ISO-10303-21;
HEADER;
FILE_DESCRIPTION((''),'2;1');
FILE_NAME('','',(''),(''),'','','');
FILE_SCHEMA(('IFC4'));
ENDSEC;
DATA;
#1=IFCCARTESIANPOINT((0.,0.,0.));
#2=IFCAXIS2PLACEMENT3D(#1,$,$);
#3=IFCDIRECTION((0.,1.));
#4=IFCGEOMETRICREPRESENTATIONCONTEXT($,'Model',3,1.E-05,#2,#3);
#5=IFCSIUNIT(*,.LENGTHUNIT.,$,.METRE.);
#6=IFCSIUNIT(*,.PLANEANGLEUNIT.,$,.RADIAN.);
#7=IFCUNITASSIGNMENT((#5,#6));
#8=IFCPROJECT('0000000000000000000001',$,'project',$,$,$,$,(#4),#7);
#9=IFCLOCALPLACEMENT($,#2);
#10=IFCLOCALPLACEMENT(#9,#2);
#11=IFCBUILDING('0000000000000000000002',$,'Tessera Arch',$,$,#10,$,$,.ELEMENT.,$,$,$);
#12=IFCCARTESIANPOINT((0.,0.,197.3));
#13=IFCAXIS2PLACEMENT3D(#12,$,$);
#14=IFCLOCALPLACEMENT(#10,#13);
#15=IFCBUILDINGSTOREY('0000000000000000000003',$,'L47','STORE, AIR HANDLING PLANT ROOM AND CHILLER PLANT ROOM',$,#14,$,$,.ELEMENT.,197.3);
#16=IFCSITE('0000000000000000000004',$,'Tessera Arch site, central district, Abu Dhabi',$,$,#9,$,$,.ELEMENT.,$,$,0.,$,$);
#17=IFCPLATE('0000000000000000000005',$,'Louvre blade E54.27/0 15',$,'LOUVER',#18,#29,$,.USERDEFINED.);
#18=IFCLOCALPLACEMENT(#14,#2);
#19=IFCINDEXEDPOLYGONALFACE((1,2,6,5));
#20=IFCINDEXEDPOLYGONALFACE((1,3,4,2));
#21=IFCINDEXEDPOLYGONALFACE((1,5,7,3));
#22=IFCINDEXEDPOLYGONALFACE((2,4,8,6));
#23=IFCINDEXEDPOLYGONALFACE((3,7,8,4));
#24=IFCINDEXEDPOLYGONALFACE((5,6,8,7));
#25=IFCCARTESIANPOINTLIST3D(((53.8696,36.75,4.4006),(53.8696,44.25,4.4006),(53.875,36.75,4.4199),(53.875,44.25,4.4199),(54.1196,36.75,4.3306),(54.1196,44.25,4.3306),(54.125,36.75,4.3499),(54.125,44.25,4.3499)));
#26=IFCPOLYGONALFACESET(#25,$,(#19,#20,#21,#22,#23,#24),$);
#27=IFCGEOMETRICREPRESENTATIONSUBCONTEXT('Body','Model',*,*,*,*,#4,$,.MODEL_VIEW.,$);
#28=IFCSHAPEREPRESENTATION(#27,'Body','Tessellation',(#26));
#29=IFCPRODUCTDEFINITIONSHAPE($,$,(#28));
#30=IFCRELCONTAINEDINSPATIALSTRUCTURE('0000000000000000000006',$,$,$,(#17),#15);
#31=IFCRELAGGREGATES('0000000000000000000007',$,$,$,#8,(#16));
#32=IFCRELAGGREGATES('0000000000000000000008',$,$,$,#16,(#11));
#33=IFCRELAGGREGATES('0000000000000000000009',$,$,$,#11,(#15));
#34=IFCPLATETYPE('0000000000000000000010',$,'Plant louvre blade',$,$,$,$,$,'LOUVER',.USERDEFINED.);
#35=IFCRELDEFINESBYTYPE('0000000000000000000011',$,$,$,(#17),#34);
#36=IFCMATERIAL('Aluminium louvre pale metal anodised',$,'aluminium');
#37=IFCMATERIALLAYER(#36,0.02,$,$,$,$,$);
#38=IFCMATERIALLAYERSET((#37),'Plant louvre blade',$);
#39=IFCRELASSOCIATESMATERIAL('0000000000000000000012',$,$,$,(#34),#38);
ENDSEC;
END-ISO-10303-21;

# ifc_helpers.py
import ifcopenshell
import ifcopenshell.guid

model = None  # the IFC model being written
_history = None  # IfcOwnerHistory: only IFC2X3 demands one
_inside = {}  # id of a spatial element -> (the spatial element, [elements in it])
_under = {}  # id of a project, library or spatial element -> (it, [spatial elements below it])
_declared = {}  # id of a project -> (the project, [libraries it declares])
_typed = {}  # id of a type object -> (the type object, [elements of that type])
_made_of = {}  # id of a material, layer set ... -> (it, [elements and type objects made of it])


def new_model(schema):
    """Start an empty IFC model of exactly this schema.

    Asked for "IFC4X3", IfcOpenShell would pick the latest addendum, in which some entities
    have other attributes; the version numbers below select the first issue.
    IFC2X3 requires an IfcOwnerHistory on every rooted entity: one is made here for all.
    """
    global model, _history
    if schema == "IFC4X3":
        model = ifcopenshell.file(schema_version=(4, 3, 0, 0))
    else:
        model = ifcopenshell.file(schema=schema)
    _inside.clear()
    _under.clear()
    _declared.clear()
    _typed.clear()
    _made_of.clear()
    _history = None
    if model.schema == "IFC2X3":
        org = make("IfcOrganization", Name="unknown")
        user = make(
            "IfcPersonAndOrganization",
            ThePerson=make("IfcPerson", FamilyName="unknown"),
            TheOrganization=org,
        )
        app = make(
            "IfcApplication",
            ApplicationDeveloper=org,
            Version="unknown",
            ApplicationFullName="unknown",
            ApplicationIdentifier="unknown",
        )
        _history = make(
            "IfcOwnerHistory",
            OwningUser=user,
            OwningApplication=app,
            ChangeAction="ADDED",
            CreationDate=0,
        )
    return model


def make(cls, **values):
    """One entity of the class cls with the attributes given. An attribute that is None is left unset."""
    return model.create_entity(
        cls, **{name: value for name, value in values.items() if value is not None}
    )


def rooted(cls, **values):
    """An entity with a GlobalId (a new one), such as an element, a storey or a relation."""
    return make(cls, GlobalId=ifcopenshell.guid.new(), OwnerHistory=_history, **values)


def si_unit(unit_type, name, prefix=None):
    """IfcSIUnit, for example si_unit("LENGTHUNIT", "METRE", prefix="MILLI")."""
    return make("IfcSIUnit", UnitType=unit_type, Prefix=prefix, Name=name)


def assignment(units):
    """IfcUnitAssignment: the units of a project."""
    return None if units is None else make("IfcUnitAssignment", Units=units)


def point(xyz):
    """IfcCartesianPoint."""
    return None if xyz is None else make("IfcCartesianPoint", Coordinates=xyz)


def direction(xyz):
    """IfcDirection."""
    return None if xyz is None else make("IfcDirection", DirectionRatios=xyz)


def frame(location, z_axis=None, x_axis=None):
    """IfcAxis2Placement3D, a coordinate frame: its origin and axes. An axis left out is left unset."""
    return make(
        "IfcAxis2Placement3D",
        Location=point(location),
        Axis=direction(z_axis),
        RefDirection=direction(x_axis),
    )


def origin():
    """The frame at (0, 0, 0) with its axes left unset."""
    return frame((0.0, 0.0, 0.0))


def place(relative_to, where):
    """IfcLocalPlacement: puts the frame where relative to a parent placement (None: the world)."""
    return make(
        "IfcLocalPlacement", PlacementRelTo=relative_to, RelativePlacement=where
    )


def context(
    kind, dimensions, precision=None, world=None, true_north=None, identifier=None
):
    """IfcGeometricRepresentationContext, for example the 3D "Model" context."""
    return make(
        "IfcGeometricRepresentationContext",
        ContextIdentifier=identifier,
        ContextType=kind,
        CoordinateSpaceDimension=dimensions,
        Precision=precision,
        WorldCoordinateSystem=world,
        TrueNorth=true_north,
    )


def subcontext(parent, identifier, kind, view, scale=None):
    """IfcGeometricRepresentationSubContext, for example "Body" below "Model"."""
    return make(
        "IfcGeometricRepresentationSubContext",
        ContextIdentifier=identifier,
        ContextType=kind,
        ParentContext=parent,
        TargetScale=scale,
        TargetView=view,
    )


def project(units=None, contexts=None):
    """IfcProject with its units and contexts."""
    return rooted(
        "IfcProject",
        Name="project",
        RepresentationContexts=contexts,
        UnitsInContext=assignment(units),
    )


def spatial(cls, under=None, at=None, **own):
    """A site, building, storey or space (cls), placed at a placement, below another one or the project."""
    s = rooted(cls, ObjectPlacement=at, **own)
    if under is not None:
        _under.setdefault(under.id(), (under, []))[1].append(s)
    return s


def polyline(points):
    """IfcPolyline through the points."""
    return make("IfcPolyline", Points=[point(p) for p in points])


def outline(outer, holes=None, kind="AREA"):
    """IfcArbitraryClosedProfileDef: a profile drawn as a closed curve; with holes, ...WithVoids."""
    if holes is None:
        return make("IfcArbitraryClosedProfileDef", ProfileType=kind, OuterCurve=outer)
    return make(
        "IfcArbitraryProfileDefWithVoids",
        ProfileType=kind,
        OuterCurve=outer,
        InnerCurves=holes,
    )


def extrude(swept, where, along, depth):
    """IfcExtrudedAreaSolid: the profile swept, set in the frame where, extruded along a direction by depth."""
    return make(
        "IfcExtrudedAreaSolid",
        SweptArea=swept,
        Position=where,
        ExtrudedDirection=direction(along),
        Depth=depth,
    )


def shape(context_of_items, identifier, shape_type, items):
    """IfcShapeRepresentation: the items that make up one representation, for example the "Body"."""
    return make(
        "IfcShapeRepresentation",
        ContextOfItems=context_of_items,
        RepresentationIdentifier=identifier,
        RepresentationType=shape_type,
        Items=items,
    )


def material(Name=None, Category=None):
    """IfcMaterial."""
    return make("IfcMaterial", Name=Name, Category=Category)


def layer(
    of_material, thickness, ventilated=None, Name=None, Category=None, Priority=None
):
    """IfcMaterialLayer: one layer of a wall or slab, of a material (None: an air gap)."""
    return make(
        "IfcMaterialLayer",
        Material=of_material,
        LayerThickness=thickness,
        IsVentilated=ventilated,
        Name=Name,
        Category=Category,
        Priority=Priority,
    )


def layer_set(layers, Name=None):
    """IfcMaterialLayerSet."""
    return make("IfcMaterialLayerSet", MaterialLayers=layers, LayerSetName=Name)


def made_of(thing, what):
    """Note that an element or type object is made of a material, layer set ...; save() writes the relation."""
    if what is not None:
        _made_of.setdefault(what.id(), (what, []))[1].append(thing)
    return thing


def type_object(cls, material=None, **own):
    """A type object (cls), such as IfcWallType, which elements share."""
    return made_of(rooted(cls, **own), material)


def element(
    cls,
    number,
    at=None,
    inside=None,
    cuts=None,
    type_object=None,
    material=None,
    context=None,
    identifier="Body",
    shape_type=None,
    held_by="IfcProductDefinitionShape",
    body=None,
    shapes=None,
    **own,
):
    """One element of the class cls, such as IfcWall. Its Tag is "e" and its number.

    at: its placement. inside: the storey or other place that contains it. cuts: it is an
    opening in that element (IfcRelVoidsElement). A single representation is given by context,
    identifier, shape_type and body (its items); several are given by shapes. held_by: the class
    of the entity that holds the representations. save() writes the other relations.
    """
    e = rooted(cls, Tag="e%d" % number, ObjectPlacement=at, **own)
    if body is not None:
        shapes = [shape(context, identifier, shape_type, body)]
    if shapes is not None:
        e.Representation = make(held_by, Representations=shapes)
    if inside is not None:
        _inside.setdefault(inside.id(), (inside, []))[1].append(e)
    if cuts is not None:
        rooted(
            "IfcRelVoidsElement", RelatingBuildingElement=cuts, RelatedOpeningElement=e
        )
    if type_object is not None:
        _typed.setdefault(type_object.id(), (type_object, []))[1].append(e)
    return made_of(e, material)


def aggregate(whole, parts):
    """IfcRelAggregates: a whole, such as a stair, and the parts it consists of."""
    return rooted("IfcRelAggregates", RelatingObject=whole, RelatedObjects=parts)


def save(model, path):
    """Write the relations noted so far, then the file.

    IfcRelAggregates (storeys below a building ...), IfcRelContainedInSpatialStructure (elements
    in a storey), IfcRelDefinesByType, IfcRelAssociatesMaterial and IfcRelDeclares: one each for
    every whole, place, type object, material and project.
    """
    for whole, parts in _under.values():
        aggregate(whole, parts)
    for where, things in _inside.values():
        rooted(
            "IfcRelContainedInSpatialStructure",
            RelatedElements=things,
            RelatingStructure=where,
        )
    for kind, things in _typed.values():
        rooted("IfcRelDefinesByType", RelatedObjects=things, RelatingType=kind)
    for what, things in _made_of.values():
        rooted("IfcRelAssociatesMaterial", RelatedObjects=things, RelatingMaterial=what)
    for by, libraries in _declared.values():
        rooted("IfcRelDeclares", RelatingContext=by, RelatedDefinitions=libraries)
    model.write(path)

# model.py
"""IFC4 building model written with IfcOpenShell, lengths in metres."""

from ifc_helpers import new_model, si_unit, direction, frame, origin, place, context, subcontext, project, spatial, polyline, outline, extrude, material, layer, layer_set, type_object, element, save


model = new_model("IFC4")

# Units and contexts
model_context = context("Model", 3, precision=1e-05, world=origin(), true_north=direction((0.0, 1.0)))
body_context = subcontext(model_context, "Body", "Model", "MODEL_VIEW")
ifc_project = project(units=[si_unit("LENGTHUNIT", "METRE"), si_unit("PLANEANGLEUNIT", "RADIAN")], contexts=[model_context])

# Site, building, storey
site_placement = place(None, origin())
site = spatial("IfcSite", under=ifc_project, at=site_placement, Name="Tessera Arch site, central district, Abu Dhabi", CompositionType="ELEMENT", RefElevation=0.0)
building_placement = place(site_placement, origin())
building = spatial("IfcBuilding", under=site, at=building_placement, Name="Tessera Arch", CompositionType="ELEMENT")
storey_placement = place(building_placement, frame((0.0, 0.0, 197.3)))
storey = spatial("IfcBuildingStorey", under=building, at=storey_placement, Name="L47", Description="STORE, AIR HANDLING PLANT ROOM AND CHILLER PLANT ROOM", CompositionType="ELEMENT", Elevation=197.3)

# Plate
ifc_material_1 = material(Name="Aluminium louvre pale metal anodised", Category="aluminium")
ifc_layer_1 = layer(ifc_material_1, 0.02)
ifc_layer_set_1 = layer_set([ifc_layer_1], Name="Plant louvre blade")
plate_type_1 = type_object("IfcPlateType", Name="Plant louvre blade", ElementType="LOUVER", PredefinedType="USERDEFINED", material=ifc_layer_set_1)
plate_1_placement = place(storey_placement, frame((54.125, 36.75, 4.3499), z_axis=(0.269874, 0.0, 0.962896), x_axis=(0.0, 1.0, 0.0)))
element("IfcPlate", 1, at=plate_1_placement, inside=storey, type_object=plate_type_1, Name="Louvre blade E54.27/0 15", ObjectType="LOUVER", PredefinedType="USERDEFINED", context=body_context, shape_type="SweptSolid", body=[
    extrude(outline(polyline([(0.0, 0.0), (7.5, 0.0), (7.5, 0.2596), (0.0, 0.2596), (0.0, 0.0)])), origin(), (0.0, 0.0, -1.0), 0.02),
])

save(model, "model.ifc")
